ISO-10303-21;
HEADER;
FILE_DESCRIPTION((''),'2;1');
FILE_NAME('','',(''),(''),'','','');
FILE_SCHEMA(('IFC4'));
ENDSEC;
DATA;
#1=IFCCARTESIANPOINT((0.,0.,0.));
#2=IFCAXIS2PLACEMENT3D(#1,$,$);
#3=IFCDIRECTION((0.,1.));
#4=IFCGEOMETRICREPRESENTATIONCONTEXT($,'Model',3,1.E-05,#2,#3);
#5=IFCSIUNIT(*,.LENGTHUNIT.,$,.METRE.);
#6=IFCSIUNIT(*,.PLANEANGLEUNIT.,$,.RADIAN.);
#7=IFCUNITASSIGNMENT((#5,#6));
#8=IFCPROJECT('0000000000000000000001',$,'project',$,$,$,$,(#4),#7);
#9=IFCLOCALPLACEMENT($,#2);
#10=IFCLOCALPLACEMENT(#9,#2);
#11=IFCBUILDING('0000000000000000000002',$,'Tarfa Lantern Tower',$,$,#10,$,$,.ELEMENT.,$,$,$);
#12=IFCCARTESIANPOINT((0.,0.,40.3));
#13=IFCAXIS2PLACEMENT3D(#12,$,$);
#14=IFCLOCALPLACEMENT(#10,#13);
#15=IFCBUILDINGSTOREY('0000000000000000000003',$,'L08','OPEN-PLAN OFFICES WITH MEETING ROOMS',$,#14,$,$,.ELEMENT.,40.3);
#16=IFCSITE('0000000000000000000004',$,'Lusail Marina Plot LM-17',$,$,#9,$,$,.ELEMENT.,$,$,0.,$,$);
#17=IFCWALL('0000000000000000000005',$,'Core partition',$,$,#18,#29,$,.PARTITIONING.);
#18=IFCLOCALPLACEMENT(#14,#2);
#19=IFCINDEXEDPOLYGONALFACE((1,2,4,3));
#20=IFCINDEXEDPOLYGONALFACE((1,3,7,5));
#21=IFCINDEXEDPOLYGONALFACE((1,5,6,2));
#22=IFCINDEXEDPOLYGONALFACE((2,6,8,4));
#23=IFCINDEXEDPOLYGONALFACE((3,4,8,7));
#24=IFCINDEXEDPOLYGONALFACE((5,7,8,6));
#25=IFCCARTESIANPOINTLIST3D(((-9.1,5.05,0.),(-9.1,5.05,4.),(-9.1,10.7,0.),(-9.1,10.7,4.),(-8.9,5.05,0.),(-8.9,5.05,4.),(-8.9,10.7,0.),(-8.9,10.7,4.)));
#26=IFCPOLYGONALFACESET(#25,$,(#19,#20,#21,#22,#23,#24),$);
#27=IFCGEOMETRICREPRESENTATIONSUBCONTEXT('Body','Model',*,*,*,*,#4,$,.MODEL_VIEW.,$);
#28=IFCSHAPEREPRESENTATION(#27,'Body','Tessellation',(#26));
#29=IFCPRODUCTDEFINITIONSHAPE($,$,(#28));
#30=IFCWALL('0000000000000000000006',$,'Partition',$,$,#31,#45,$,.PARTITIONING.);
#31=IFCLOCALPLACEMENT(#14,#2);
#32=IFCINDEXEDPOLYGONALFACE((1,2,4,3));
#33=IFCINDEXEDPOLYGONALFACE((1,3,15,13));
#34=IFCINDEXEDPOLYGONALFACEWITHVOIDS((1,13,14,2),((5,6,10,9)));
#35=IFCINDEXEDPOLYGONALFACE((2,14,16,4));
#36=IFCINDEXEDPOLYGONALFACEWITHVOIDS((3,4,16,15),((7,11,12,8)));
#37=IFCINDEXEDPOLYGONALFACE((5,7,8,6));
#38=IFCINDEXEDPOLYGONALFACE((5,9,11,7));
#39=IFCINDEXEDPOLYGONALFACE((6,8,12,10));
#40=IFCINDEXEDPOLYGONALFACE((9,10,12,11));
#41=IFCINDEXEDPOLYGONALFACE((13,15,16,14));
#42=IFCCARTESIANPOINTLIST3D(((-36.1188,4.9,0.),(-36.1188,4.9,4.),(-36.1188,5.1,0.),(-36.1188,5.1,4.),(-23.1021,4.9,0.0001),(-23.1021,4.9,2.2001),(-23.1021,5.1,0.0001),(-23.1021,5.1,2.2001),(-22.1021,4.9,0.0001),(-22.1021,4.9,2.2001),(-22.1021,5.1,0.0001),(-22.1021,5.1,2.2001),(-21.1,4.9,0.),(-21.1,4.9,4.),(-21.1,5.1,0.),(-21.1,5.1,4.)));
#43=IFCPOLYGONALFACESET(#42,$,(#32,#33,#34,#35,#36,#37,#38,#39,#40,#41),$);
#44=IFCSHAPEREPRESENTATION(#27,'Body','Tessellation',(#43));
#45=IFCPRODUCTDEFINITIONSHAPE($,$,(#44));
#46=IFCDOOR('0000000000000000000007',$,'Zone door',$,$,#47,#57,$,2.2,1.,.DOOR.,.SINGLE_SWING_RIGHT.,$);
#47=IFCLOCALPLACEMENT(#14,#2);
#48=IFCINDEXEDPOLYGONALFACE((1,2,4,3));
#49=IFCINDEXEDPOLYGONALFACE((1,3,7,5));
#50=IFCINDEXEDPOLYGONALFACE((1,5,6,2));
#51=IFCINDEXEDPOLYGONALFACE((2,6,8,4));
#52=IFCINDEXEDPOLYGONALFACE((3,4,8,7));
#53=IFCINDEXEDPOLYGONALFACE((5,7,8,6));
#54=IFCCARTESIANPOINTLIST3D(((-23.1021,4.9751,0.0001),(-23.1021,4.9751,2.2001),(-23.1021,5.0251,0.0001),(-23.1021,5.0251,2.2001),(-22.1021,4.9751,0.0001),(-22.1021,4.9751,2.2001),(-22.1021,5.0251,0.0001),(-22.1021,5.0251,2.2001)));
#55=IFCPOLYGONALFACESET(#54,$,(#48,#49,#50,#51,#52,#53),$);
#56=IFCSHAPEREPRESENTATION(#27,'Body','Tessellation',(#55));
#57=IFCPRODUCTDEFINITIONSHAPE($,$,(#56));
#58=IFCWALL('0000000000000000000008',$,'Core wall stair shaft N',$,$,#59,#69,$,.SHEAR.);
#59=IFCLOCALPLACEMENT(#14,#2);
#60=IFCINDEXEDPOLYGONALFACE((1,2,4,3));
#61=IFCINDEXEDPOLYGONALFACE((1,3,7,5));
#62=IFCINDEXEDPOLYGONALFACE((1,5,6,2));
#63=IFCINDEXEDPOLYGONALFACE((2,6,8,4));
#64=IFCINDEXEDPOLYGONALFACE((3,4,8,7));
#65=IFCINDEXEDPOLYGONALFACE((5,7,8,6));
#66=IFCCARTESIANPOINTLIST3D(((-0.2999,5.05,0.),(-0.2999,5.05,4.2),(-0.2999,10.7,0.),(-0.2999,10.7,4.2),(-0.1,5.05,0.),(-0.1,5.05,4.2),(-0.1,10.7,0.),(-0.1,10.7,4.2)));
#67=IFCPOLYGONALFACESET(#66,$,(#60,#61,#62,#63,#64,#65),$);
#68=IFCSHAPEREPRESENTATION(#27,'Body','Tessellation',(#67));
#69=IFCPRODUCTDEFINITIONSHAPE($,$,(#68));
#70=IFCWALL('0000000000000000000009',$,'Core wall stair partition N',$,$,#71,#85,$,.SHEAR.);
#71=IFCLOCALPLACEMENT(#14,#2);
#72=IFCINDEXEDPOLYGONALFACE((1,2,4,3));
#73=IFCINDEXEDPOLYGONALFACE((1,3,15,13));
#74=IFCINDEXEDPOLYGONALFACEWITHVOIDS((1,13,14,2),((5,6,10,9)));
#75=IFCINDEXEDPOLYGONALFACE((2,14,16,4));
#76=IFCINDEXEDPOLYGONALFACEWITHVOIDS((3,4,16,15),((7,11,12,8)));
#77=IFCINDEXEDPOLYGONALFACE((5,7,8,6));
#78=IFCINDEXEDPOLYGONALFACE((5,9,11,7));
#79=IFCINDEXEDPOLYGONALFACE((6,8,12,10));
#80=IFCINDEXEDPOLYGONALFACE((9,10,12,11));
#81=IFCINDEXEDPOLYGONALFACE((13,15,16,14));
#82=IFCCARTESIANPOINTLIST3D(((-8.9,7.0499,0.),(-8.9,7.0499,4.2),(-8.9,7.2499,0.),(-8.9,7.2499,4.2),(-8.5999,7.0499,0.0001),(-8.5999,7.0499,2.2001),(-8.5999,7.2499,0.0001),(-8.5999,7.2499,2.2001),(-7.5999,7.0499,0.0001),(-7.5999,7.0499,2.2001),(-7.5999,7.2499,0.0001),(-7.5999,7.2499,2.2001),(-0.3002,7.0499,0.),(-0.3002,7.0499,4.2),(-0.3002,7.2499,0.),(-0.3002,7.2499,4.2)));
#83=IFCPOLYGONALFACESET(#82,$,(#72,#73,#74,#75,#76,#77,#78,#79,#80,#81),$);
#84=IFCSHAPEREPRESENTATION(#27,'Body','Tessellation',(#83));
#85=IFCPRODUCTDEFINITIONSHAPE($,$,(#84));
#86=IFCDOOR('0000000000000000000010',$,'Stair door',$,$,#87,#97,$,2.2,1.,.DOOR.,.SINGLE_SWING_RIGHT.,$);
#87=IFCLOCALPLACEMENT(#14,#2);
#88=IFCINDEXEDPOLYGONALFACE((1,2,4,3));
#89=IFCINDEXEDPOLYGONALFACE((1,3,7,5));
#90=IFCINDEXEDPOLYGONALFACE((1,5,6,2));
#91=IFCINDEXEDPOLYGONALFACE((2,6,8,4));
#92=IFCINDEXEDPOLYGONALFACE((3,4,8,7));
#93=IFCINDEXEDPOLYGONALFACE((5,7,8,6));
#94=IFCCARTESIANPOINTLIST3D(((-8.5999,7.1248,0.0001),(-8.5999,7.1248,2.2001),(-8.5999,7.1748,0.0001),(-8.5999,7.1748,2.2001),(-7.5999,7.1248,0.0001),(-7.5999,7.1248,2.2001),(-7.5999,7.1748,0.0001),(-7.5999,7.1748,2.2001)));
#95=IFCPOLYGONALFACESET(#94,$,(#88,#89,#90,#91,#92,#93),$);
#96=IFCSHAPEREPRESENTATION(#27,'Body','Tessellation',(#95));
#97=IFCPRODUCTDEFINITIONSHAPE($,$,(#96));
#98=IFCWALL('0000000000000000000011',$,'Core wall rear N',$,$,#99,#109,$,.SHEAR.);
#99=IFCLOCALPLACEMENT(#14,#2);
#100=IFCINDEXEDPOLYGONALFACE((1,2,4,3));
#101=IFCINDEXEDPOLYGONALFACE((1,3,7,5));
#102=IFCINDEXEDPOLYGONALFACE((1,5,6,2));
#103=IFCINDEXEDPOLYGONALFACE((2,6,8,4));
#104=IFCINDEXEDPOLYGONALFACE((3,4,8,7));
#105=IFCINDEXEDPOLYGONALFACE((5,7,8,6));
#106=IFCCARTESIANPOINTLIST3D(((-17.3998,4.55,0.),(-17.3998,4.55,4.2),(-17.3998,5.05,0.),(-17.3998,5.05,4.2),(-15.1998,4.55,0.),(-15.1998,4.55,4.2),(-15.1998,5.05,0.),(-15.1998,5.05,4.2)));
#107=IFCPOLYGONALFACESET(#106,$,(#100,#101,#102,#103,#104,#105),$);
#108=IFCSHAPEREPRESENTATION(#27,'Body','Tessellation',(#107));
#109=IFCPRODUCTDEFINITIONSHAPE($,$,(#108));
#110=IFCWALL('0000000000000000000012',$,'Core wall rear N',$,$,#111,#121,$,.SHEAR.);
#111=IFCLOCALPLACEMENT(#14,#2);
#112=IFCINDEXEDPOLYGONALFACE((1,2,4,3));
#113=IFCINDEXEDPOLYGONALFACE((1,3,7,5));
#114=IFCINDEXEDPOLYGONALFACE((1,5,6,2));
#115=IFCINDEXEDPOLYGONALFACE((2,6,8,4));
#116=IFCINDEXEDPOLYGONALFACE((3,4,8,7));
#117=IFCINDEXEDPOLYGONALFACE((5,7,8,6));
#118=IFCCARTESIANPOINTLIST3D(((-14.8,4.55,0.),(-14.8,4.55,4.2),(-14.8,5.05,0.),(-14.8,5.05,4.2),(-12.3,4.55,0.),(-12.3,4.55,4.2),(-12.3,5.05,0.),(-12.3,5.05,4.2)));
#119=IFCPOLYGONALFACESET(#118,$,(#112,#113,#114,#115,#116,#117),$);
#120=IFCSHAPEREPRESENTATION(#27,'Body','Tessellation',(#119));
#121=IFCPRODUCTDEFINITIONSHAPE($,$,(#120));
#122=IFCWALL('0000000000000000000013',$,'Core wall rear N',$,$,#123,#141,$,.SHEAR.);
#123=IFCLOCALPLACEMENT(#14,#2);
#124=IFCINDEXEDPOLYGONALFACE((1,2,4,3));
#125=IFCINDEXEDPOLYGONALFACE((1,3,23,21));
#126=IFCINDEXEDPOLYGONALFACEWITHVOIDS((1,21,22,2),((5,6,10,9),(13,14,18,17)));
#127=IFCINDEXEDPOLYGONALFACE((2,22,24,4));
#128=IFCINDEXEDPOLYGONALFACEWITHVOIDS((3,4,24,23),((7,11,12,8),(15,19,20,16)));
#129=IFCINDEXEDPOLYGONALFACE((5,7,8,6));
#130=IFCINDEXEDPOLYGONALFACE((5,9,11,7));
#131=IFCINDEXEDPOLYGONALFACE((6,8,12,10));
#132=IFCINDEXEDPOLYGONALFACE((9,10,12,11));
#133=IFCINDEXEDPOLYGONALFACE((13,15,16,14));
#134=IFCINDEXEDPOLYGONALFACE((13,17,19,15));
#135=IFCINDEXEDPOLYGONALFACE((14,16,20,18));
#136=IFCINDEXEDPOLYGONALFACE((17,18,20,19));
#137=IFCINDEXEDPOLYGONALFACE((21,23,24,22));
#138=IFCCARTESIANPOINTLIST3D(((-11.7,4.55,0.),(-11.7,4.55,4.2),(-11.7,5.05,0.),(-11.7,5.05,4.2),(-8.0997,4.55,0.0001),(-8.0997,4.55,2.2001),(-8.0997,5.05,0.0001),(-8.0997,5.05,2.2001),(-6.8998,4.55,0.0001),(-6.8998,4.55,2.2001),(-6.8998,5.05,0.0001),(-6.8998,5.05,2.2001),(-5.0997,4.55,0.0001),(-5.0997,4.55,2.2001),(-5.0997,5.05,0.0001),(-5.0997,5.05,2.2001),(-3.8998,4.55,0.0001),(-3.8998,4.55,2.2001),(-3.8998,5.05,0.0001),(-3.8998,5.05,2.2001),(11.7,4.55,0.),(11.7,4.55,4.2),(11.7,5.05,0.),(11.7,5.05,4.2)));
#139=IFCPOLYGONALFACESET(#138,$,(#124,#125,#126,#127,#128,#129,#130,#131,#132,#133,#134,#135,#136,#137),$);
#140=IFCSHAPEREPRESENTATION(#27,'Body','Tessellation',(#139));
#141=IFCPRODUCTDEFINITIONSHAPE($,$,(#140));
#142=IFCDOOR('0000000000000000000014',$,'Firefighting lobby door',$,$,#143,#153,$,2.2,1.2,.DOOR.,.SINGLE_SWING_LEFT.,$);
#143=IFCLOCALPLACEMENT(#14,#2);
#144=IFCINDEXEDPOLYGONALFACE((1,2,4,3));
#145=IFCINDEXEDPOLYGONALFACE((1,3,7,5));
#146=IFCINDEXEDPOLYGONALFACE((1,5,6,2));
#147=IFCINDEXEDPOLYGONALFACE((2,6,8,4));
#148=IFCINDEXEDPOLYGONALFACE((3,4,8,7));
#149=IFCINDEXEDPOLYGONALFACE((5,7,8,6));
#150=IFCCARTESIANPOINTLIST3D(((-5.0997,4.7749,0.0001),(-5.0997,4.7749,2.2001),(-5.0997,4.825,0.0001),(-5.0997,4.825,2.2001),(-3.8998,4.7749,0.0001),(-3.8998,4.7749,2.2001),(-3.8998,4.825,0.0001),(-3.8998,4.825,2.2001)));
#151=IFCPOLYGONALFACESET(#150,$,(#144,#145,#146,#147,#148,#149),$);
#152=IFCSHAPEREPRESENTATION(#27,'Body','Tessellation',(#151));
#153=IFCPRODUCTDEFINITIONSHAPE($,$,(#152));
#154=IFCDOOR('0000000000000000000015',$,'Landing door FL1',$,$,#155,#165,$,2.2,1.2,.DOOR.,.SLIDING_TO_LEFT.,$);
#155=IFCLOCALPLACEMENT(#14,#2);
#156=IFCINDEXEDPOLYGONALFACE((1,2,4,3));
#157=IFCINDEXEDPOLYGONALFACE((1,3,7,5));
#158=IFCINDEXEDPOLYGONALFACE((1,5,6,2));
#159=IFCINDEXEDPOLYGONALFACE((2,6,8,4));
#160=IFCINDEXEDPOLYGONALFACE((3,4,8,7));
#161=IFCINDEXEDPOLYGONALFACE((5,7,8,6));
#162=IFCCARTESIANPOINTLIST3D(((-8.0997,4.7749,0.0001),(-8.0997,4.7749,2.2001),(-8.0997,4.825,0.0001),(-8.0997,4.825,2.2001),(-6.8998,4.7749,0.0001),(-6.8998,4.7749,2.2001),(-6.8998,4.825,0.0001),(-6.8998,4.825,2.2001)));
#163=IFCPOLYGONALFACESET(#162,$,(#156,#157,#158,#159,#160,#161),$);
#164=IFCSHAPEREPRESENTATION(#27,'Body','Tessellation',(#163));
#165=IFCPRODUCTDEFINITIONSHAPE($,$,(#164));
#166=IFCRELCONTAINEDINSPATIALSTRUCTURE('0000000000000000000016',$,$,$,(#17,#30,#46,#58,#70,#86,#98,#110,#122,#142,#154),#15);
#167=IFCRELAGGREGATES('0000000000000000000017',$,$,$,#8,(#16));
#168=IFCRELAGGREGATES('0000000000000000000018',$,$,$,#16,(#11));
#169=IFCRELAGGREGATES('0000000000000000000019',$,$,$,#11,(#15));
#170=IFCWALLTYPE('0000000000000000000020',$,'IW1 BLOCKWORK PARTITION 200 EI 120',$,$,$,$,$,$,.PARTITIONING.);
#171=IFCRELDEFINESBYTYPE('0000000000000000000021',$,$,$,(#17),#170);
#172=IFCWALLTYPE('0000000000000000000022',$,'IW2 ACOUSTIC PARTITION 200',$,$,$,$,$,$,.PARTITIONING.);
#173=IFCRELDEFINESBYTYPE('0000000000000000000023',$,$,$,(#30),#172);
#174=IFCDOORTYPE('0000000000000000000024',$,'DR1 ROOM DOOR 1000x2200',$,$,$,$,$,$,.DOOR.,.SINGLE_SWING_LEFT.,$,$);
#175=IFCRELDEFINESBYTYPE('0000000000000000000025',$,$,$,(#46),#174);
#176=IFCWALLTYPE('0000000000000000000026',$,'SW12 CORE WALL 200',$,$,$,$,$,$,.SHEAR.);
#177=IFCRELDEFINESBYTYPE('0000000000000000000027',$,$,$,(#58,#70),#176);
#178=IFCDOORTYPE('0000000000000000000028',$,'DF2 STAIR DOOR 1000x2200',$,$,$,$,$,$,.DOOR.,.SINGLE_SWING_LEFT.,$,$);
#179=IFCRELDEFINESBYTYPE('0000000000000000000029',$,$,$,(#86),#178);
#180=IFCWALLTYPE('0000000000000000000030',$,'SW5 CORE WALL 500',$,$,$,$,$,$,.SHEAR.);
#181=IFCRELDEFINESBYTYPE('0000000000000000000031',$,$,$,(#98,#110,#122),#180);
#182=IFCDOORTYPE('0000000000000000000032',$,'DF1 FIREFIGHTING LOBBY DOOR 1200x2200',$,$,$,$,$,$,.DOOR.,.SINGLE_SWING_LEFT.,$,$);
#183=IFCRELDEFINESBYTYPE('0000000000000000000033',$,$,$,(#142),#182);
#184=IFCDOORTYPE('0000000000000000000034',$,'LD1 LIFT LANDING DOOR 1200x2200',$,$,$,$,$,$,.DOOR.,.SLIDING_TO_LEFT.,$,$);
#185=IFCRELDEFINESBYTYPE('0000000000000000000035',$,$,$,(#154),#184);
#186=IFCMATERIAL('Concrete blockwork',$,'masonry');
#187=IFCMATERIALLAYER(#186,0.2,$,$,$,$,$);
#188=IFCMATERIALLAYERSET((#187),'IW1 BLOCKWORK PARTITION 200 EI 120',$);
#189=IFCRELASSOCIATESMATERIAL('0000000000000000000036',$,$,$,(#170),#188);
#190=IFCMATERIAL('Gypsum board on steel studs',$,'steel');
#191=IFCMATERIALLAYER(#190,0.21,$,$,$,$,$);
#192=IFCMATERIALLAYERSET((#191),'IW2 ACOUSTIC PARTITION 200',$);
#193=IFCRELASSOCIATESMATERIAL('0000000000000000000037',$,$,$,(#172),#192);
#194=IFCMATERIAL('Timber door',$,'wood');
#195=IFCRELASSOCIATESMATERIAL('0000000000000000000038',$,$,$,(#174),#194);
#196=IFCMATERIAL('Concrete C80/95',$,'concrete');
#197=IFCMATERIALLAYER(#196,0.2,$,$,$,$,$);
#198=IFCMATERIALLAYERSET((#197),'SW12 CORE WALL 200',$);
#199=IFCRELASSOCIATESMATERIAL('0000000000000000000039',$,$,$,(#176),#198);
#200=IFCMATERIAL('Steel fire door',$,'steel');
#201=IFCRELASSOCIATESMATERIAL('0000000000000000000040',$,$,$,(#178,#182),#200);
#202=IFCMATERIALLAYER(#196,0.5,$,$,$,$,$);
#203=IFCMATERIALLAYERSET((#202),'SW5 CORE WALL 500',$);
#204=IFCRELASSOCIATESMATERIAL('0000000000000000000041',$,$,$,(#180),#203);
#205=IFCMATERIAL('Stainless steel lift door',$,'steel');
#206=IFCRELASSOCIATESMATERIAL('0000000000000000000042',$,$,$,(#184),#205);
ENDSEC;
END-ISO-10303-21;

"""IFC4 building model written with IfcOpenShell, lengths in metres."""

from ifc_helpers import new_model, si_unit, direction, frame, frame_2d, origin, place, context, subcontext, project, spatial, rectangle, extrude, material, layer, layer_set, type_object, element, fill, save


model = new_model("IFC4")

# Units and contexts
model_context = context("Model", 3, precision=1e-05, world=origin(), true_north=direction((0.0, 1.0)))
body_context = subcontext(model_context, "Body", "Model", "MODEL_VIEW")
ifc_project = project(units=[si_unit("LENGTHUNIT", "METRE"), si_unit("PLANEANGLEUNIT", "RADIAN")], contexts=[model_context])

# Site, building, storey
site_placement = place(None, origin())
site = spatial("IfcSite", under=ifc_project, at=site_placement, Name="Lusail Marina Plot LM-17", CompositionType="ELEMENT", RefElevation=0.0)
building_placement = place(site_placement, origin())
building = spatial("IfcBuilding", under=site, at=building_placement, Name="Tarfa Lantern Tower", CompositionType="ELEMENT")
storey_placement = place(building_placement, frame((0.0, 0.0, 40.3)))
storey = spatial("IfcBuildingStorey", under=building, at=storey_placement, Name="L08", Description="OPEN-PLAN OFFICES WITH MEETING ROOMS", CompositionType="ELEMENT", Elevation=40.3)

# Wall
ifc_material_1 = material(Name="Concrete blockwork", Category="masonry")
ifc_layer_1 = layer(ifc_material_1, 0.2)
ifc_layer_set_1 = layer_set([ifc_layer_1], Name="IW1 BLOCKWORK PARTITION 200 EI 120")
wall_type_1 = type_object("IfcWallType", Name="IW1 BLOCKWORK PARTITION 200 EI 120", PredefinedType="PARTITIONING", material=ifc_layer_set_1)
wall_1_placement = place(storey_placement, frame((-9.0, 5.05, 0.0), z_axis=(0.0, 0.0, 1.0), x_axis=(0.0, 1.0, 0.0)))
element("IfcWall", 1, at=wall_1_placement, inside=storey, type_object=wall_type_1, Name="Core partition", PredefinedType="PARTITIONING", context=body_context, shape_type="SweptSolid", body=[
    extrude(rectangle(XDim=5.6499, YDim=0.2, at=frame_2d((2.825, 0.0))), origin(), (0.0, 0.0, 1.0), 4.0),
])

# Wall, opening, door
ifc_material_2 = material(Name="Gypsum board on steel studs", Category="steel")
ifc_layer_2 = layer(ifc_material_2, 0.21)
ifc_layer_set_2 = layer_set([ifc_layer_2], Name="IW2 ACOUSTIC PARTITION 200")
wall_type_2 = type_object("IfcWallType", Name="IW2 ACOUSTIC PARTITION 200", PredefinedType="PARTITIONING", material=ifc_layer_set_2)
wall_2_placement = place(storey_placement, frame((-21.1001, 5.0, 0.0), z_axis=(0.0, 0.0, 1.0), x_axis=(-1.0, 0.0, 0.0)))
wall_2 = element("IfcWall", 2, at=wall_2_placement, inside=storey, type_object=wall_type_2, Name="Partition", PredefinedType="PARTITIONING", context=body_context, shape_type="SweptSolid", body=[
    extrude(rectangle(XDim=15.0188, YDim=0.2, at=frame_2d((7.5093, 0.0))), origin(), (0.0, 0.0, 1.0), 4.0),
])
opening_1_placement = place(wall_2_placement, frame((1.002, 0.0, 0.0)))
opening_1 = element("IfcOpeningElement", 3, at=opening_1_placement, cuts=wall_2, PredefinedType="OPENING", context=body_context, shape_type="SweptSolid", body=[
    extrude(rectangle(XDim=1.0, YDim=2.2, at=frame_2d((0.5, 1.1001))), frame((0.0, 0.1099, 0.0), z_axis=(0.0, -1.0, 0.0), x_axis=(1.0, 0.0, 0.0)), (0.0, 0.0, 1.0), 0.22),
])
ifc_material_3 = material(Name="Timber door", Category="wood")
door_type_1 = type_object("IfcDoorType", Name="DR1 ROOM DOOR 1000x2200", OperationType="SINGLE_SWING_LEFT", PredefinedType="DOOR", material=ifc_material_3)
door_1_placement = place(opening_1_placement, origin())
door_1 = element("IfcDoor", 4, at=door_1_placement, inside=storey, type_object=door_type_1, Name="Zone door", OperationType="SINGLE_SWING_RIGHT", OverallHeight=2.2, OverallWidth=1.0, PredefinedType="DOOR", context=body_context, shape_type="SweptSolid", body=[
    extrude(rectangle(XDim=1.0, YDim=2.2, at=frame_2d((0.5, 1.1001))), frame((0.0, 0.0249, 0.0), z_axis=(0.0, -1.0, 0.0), x_axis=(1.0, 0.0, 0.0)), (0.0, 0.0, 1.0), 0.05),
])
fill(opening_1, door_1)

# Wall
ifc_material_4 = material(Name="Concrete C80/95", Category="concrete")
ifc_layer_3 = layer(ifc_material_4, 0.2)
ifc_layer_set_3 = layer_set([ifc_layer_3], Name="SW12 CORE WALL 200")
wall_type_3 = type_object("IfcWallType", Name="SW12 CORE WALL 200", PredefinedType="SHEAR", material=ifc_layer_set_3)
wall_3_placement = place(storey_placement, frame((-0.2, 5.05, 0.0), z_axis=(0.0, 0.0, 1.0), x_axis=(0.0, 1.0, 0.0)))
element("IfcWall", 5, at=wall_3_placement, inside=storey, type_object=wall_type_3, Name="Core wall stair shaft N", PredefinedType="SHEAR", context=body_context, shape_type="SweptSolid", body=[
    extrude(rectangle(XDim=5.6499, YDim=0.2, at=frame_2d((2.825, 0.0))), origin(), (0.0, 0.0, 1.0), 4.2),
])

# Wall, opening, door
wall_4_placement = place(storey_placement, frame((-8.8999, 7.1499, 0.0), z_axis=(0.0, 0.0, 1.0), x_axis=(1.0, 0.0, 0.0)))
wall_4 = element("IfcWall", 6, at=wall_4_placement, inside=storey, type_object=wall_type_3, Name="Core wall stair partition N", PredefinedType="SHEAR", context=body_context, shape_type="SweptSolid", body=[
    extrude(rectangle(XDim=8.5999, YDim=0.2, at=frame_2d((4.2998, 0.0))), origin(), (0.0, 0.0, 1.0), 4.2),
])
opening_2_placement = place(wall_4_placement, frame((0.3, 0.0, 0.0)))
opening_2 = element("IfcOpeningElement", 7, at=opening_2_placement, cuts=wall_4, PredefinedType="OPENING", context=body_context, shape_type="SweptSolid", body=[
    extrude(rectangle(XDim=1.0, YDim=2.2, at=frame_2d((0.5, 1.1001))), frame((0.0, 0.1099, 0.0), z_axis=(0.0, -1.0, 0.0), x_axis=(1.0, 0.0, 0.0)), (0.0, 0.0, 1.0), 0.22),
])
ifc_material_5 = material(Name="Steel fire door", Category="steel")
door_type_2 = type_object("IfcDoorType", Name="DF2 STAIR DOOR 1000x2200", OperationType="SINGLE_SWING_LEFT", PredefinedType="DOOR", material=ifc_material_5)
door_2_placement = place(opening_2_placement, origin())
door_2 = element("IfcDoor", 8, at=door_2_placement, inside=storey, type_object=door_type_2, Name="Stair door", OperationType="SINGLE_SWING_RIGHT", OverallHeight=2.2, OverallWidth=1.0, PredefinedType="DOOR", context=body_context, shape_type="SweptSolid", body=[
    extrude(rectangle(XDim=1.0, YDim=2.2, at=frame_2d((0.5, 1.1001))), frame((0.0, 0.0249, 0.0), z_axis=(0.0, -1.0, 0.0), x_axis=(1.0, 0.0, 0.0)), (0.0, 0.0, 1.0), 0.05),
])
fill(opening_2, door_2)

# Walls
ifc_layer_4 = layer(ifc_material_4, 0.5)
ifc_layer_set_4 = layer_set([ifc_layer_4], Name="SW5 CORE WALL 500")
wall_type_4 = type_object("IfcWallType", Name="SW5 CORE WALL 500", PredefinedType="SHEAR", material=ifc_layer_set_4)
wall_5_placement = place(storey_placement, frame((-17.3999, 4.8, 0.0), z_axis=(0.0, 0.0, 1.0), x_axis=(1.0, 0.0, 0.0)))
element("IfcWall", 9, at=wall_5_placement, inside=storey, type_object=wall_type_4, Name="Core wall rear N", PredefinedType="SHEAR", context=body_context, shape_type="SweptSolid", body=[
    extrude(rectangle(XDim=2.2, YDim=0.5, at=frame_2d((1.1001, 0.0))), origin(), (0.0, 0.0, 1.0), 4.2),
])
wall_6_placement = place(storey_placement, frame((-14.8, 4.8, 0.0), z_axis=(0.0, 0.0, 1.0), x_axis=(1.0, 0.0, 0.0)))
element("IfcWall", 10, at=wall_6_placement, inside=storey, type_object=wall_type_4, Name="Core wall rear N", PredefinedType="SHEAR", context=body_context, shape_type="SweptSolid", body=[
    extrude(rectangle(XDim=2.5, YDim=0.5, at=frame_2d((1.25, 0.0))), origin(), (0.0, 0.0, 1.0), 4.2),
])

# Wall, openings, doors
wall_7_placement = place(storey_placement, frame((-11.7, 4.8, 0.0), z_axis=(0.0, 0.0, 1.0), x_axis=(1.0, 0.0, 0.0)))
wall_7 = element("IfcWall", 11, at=wall_7_placement, inside=storey, type_object=wall_type_4, Name="Core wall rear N", PredefinedType="SHEAR", context=body_context, shape_type="SweptSolid", body=[
    extrude(rectangle(XDim=23.3999, YDim=0.5, at=frame_2d((11.7, 0.0))), origin(), (0.0, 0.0, 1.0), 4.2),
])
opening_3_placement = place(wall_7_placement, frame((6.6001, 0.0, 0.0)))
opening_3 = element("IfcOpeningElement", 12, at=opening_3_placement, cuts=wall_7, PredefinedType="OPENING", context=body_context, shape_type="SweptSolid", body=[
    extrude(rectangle(XDim=1.2, YDim=2.2, at=frame_2d((0.6001, 1.1001))), frame((0.0, 0.26, 0.0), z_axis=(0.0, -1.0, 0.0), x_axis=(1.0, 0.0, 0.0)), (0.0, 0.0, 1.0), 0.52),
])
opening_4_placement = place(wall_7_placement, frame((3.6001, 0.0, 0.0)))
opening_4 = element("IfcOpeningElement", 13, at=opening_4_placement, cuts=wall_7, PredefinedType="OPENING", context=body_context, shape_type="SweptSolid", body=[
    extrude(rectangle(XDim=1.2, YDim=2.2, at=frame_2d((0.6001, 1.1001))), frame((0.0, 0.26, 0.0), z_axis=(0.0, -1.0, 0.0), x_axis=(1.0, 0.0, 0.0)), (0.0, 0.0, 1.0), 0.52),
])
door_type_3 = type_object("IfcDoorType", Name="DF1 FIREFIGHTING LOBBY DOOR 1200x2200", OperationType="SINGLE_SWING_LEFT", PredefinedType="DOOR", material=ifc_material_5)
door_3_placement = place(opening_3_placement, origin())
door_3 = element("IfcDoor", 14, at=door_3_placement, inside=storey, type_object=door_type_3, Name="Firefighting lobby door", OperationType="SINGLE_SWING_LEFT", OverallHeight=2.2, OverallWidth=1.2, PredefinedType="DOOR", context=body_context, shape_type="SweptSolid", body=[
    extrude(rectangle(XDim=1.2, YDim=2.2, at=frame_2d((0.6001, 1.1001))), frame((0.0, 0.0249, 0.0), z_axis=(0.0, -1.0, 0.0), x_axis=(1.0, 0.0, 0.0)), (0.0, 0.0, 1.0), 0.05),
])
fill(opening_3, door_3)
ifc_material_6 = material(Name="Stainless steel lift door", Category="steel")
door_type_4 = type_object("IfcDoorType", Name="LD1 LIFT LANDING DOOR 1200x2200", OperationType="SLIDING_TO_LEFT", PredefinedType="DOOR", material=ifc_material_6)
door_4_placement = place(opening_4_placement, origin())
door_4 = element("IfcDoor", 15, at=door_4_placement, inside=storey, type_object=door_type_4, Name="Landing door FL1", OperationType="SLIDING_TO_LEFT", OverallHeight=2.2, OverallWidth=1.2, PredefinedType="DOOR", context=body_context, shape_type="SweptSolid", body=[
    extrude(rectangle(XDim=1.2, YDim=2.2, at=frame_2d((0.6001, 1.1001))), frame((0.0, 0.0249, 0.0), z_axis=(0.0, -1.0, 0.0), x_axis=(1.0, 0.0, 0.0)), (0.0, 0.0, 1.0), 0.05),
])
fill(opening_4, door_4)

save(model, "model.ifc")
